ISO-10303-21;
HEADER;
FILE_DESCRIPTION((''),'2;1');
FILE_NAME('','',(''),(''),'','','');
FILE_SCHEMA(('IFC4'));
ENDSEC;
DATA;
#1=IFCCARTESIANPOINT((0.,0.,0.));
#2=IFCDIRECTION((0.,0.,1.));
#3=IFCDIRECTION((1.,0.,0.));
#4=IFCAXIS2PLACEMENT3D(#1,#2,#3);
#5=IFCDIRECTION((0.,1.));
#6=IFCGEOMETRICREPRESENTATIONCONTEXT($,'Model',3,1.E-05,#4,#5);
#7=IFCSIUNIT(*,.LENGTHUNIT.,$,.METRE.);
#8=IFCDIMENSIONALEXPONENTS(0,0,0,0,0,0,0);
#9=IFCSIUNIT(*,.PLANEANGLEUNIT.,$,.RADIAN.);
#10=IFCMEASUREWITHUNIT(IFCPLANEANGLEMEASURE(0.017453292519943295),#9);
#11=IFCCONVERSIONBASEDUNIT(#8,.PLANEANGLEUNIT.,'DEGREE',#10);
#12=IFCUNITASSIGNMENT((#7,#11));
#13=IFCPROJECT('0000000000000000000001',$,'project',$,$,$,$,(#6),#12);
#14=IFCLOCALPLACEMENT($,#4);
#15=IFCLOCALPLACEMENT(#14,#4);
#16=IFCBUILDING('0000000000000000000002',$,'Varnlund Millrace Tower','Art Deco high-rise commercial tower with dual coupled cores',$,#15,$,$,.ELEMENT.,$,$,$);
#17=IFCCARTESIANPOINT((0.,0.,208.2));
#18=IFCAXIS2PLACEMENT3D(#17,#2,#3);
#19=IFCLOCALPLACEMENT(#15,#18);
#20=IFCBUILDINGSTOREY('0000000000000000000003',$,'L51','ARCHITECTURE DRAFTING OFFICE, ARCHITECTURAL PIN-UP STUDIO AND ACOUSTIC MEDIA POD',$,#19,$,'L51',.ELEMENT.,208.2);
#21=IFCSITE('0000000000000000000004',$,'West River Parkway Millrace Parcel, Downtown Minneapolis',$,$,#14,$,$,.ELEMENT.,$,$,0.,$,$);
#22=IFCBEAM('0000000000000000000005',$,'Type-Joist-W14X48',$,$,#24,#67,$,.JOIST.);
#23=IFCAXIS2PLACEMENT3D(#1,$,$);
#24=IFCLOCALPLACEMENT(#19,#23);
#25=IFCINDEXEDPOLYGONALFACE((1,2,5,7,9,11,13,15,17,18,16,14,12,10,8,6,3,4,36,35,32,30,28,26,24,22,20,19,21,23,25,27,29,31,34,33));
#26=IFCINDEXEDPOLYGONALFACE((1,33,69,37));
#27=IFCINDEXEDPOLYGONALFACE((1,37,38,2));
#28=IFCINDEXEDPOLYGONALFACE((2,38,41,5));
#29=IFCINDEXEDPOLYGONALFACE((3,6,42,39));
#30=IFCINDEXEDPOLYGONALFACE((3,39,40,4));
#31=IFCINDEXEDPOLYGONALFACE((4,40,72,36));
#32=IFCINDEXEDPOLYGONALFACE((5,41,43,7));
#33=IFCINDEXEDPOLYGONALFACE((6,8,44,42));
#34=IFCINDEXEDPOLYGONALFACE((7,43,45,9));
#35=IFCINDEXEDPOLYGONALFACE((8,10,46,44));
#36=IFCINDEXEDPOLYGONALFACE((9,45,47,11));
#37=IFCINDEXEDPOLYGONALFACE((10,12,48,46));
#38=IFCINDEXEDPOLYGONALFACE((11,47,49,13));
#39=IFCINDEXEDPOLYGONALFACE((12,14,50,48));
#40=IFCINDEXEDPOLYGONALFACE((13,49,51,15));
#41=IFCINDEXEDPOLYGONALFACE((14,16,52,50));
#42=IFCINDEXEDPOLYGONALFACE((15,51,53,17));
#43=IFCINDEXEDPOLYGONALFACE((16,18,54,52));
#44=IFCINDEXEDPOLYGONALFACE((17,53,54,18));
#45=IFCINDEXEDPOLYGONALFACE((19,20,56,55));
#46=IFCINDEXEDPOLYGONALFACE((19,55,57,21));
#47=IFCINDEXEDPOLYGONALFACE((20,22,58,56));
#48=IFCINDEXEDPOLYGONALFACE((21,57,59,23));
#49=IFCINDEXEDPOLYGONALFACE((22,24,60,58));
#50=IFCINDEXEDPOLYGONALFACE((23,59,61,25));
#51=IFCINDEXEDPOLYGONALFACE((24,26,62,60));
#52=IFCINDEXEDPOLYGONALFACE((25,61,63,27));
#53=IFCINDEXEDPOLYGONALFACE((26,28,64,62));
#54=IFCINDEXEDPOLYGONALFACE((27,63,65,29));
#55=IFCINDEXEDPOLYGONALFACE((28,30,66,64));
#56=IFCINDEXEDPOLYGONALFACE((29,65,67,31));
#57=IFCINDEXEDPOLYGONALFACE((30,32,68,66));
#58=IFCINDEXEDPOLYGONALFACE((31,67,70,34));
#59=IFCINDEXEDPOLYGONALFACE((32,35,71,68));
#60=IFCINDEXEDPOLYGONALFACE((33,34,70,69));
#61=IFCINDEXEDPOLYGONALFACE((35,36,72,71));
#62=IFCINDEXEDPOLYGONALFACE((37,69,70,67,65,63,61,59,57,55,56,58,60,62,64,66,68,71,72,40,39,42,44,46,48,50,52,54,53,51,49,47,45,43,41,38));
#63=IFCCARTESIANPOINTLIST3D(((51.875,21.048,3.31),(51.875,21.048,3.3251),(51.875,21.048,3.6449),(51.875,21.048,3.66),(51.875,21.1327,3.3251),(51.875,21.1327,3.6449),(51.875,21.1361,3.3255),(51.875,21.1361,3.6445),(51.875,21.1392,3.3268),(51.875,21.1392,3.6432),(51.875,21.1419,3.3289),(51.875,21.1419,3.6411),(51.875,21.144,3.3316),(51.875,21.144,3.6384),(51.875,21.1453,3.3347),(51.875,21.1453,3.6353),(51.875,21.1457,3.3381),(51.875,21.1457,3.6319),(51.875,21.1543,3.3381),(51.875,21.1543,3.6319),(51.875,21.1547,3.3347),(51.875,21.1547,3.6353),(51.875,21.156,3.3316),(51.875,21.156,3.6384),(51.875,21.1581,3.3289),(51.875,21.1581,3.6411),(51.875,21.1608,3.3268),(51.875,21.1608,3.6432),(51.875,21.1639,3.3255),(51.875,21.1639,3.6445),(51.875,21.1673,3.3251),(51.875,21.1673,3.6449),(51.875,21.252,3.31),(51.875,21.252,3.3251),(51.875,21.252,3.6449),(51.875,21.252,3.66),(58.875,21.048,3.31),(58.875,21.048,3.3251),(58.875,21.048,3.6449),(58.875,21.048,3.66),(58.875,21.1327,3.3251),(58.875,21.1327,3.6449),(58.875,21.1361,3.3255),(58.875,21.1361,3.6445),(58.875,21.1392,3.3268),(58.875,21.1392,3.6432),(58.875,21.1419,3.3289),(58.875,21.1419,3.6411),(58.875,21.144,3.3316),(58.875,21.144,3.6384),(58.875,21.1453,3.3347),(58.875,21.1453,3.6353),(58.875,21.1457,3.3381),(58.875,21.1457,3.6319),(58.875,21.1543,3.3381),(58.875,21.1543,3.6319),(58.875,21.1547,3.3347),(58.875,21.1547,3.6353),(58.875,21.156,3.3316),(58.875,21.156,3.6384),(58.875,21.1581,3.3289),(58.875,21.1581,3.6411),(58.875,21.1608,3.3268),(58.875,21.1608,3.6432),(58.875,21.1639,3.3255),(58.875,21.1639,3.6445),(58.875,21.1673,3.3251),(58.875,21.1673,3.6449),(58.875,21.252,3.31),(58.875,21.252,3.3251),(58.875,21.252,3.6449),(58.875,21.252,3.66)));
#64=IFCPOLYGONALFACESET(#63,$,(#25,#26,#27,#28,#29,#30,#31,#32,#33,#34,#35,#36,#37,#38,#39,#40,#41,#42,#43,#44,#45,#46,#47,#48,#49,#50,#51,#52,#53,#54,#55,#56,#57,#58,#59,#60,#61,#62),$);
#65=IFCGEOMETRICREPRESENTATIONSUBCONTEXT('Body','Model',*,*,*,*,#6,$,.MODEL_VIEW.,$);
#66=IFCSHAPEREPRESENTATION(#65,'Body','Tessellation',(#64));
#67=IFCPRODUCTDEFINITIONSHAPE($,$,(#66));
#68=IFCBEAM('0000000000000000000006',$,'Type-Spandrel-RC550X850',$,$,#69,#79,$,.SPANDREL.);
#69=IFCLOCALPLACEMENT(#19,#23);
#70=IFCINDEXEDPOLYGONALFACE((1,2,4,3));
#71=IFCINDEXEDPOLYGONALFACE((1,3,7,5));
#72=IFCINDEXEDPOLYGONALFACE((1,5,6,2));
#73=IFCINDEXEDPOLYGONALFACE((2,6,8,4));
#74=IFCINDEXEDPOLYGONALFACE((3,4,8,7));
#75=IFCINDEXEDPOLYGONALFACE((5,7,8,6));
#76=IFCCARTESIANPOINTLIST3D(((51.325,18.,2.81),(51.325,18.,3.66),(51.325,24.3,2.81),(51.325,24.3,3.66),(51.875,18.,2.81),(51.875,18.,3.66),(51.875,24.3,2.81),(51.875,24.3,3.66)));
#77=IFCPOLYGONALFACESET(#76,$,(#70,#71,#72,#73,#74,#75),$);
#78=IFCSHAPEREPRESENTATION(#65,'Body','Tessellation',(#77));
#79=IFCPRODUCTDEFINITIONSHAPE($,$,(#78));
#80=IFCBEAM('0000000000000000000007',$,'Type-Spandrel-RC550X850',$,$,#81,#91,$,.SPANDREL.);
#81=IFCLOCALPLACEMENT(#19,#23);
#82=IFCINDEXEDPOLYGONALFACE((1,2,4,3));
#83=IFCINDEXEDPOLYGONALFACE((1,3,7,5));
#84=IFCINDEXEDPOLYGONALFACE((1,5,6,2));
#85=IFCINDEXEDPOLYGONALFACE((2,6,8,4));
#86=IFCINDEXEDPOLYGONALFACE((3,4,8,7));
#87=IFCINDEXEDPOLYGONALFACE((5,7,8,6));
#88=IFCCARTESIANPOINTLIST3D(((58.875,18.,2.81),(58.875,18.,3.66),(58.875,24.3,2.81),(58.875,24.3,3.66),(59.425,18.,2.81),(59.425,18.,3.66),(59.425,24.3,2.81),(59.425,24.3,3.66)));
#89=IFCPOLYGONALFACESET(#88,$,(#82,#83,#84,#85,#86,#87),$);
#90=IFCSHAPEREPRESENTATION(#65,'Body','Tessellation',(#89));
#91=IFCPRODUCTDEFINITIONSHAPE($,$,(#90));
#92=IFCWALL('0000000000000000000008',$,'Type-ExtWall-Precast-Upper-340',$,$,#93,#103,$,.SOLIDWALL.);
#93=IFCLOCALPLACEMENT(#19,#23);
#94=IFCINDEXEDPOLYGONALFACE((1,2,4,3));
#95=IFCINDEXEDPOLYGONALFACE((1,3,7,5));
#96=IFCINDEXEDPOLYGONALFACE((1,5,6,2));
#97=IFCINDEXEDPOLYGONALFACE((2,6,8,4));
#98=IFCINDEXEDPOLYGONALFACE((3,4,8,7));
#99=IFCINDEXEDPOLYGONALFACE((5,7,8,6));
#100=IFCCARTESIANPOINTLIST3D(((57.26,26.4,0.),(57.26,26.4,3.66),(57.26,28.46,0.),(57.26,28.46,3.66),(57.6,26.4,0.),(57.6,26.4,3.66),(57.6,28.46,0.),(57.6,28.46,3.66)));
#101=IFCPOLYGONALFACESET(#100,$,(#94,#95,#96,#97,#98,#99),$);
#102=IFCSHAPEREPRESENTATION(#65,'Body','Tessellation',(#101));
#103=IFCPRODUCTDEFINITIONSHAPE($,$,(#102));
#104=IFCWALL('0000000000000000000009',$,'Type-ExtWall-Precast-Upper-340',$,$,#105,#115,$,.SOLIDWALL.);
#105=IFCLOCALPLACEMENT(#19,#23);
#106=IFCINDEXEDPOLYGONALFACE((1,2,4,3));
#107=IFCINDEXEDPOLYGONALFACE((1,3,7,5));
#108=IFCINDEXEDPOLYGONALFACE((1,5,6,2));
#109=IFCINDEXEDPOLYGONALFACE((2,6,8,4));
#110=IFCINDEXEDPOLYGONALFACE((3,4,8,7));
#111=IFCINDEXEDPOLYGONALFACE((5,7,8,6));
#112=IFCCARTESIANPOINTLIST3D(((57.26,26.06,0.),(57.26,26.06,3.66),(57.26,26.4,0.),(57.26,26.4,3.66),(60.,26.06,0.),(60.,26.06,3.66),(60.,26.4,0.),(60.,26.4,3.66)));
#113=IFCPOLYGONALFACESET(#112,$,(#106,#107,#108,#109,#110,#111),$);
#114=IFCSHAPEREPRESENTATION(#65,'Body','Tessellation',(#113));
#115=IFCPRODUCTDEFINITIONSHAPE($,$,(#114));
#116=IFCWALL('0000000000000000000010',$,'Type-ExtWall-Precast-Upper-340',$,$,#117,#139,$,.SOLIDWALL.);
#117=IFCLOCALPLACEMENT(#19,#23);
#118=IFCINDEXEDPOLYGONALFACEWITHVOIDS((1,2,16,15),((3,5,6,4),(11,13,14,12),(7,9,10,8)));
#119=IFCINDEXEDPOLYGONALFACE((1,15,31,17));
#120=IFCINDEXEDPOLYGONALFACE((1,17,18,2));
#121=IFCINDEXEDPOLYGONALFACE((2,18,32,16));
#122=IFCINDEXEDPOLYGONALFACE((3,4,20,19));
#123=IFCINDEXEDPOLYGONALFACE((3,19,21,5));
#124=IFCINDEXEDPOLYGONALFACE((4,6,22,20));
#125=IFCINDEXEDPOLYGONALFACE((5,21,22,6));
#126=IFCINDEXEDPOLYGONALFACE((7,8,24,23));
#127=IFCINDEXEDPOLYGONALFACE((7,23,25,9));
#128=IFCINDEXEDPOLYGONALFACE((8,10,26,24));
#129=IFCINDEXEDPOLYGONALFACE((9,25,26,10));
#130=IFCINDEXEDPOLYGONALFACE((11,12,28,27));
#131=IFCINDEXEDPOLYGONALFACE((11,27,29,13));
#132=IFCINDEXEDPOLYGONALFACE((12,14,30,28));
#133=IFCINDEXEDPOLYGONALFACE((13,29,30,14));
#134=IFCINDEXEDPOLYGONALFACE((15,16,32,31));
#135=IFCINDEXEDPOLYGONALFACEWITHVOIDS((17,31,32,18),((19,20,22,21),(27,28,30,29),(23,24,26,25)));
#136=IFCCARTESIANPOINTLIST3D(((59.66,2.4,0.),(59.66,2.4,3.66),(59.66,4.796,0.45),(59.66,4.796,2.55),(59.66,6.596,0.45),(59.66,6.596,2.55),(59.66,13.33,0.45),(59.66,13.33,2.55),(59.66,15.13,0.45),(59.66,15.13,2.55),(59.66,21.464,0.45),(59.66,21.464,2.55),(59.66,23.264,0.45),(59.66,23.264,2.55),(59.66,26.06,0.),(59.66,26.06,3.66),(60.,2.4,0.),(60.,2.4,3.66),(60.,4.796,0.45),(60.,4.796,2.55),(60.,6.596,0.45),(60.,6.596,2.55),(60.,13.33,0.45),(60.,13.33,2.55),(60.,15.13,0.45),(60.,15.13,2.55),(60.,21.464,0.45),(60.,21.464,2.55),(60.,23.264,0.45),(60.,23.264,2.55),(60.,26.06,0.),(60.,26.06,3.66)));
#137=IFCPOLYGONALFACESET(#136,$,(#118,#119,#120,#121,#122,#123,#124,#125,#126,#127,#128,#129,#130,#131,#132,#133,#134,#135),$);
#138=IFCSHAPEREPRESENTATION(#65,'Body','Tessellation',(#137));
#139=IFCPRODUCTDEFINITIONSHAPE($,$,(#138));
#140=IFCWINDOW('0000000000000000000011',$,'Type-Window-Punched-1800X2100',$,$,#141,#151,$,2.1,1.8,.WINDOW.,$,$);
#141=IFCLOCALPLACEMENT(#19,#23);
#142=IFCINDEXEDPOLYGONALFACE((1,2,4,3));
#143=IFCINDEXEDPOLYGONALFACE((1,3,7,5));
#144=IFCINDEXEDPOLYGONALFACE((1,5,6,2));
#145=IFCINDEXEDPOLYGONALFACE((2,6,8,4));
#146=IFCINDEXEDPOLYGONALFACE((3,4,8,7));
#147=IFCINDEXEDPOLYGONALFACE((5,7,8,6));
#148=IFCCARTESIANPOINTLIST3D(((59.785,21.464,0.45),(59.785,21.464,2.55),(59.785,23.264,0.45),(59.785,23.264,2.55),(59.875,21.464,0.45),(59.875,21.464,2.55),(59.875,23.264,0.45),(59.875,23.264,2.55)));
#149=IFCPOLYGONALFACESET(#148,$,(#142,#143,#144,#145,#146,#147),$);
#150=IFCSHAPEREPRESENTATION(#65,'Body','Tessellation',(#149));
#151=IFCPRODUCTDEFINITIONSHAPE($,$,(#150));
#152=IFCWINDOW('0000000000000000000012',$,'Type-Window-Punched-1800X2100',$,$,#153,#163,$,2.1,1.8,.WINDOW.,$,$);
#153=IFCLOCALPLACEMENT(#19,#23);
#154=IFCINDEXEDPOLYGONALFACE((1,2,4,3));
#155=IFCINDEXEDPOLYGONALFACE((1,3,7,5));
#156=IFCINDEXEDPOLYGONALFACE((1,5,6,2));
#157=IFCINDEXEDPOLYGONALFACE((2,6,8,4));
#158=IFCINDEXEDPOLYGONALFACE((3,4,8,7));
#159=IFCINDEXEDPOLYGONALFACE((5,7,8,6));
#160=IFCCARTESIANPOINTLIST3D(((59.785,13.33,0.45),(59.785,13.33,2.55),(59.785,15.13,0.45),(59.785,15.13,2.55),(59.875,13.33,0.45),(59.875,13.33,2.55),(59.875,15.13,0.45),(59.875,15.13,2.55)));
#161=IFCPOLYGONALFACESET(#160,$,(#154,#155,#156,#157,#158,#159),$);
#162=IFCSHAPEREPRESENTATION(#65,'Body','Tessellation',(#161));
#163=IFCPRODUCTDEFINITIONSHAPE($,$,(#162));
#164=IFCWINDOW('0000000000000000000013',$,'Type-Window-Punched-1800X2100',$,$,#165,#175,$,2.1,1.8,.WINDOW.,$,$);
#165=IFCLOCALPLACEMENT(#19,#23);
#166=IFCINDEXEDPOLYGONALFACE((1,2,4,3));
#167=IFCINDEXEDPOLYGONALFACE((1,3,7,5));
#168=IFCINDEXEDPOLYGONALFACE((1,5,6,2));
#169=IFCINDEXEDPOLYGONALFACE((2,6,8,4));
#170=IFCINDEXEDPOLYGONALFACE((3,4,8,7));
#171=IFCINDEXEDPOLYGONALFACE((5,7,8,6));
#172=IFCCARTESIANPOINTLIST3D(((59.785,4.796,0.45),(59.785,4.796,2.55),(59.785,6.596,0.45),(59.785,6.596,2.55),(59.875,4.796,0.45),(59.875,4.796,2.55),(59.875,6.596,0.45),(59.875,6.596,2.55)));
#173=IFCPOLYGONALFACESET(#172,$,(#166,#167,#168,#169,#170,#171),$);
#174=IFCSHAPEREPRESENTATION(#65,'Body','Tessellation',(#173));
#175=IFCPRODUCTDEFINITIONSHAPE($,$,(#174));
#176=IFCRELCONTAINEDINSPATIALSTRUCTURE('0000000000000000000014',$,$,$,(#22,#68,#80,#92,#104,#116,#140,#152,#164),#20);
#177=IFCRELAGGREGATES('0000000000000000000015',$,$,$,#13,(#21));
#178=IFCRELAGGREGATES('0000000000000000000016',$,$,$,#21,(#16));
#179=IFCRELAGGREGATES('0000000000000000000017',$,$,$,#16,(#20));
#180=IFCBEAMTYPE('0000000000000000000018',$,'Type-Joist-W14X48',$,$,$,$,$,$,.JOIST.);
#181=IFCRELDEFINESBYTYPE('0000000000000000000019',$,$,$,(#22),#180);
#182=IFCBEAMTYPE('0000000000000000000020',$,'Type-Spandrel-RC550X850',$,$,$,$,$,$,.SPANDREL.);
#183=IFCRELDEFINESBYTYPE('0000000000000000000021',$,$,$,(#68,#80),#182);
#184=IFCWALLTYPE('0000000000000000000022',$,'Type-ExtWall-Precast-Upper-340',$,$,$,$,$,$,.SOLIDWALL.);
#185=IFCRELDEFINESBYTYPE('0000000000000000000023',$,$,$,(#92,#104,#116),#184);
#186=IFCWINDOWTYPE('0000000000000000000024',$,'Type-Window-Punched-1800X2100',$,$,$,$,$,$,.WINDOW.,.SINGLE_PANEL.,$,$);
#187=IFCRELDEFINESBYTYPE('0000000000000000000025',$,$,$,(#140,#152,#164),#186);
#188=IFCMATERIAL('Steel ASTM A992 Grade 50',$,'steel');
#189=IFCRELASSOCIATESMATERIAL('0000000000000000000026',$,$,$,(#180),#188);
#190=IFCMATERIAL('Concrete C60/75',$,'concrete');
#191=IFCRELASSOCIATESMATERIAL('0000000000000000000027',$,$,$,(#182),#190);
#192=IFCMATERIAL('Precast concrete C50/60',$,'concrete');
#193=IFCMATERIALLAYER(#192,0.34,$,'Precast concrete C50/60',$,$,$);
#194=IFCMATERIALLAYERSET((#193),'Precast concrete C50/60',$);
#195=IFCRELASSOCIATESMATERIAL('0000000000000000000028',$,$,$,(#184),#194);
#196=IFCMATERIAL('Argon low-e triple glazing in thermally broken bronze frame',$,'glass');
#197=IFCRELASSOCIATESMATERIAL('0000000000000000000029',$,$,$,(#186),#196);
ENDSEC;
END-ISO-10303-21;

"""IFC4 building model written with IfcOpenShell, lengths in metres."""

from ifc_helpers import new_model, entity, si_unit, converted_unit, direction, frame, origin_with_axes, origin_2d_with_axis, place, context, subcontext, project, spatial, polyline, rectangle, i_section, outline, extrude, material, layer, layer_set, material_profile, profile_set, type_object, element, fill, save


model = new_model("IFC4")

# Units and contexts
model_context = context("Model", 3, precision=1e-05, world=origin_with_axes(), true_north=direction((0.0, 1.0)))
body_context = subcontext(model_context, "Body", "Model", "MODEL_VIEW")
ifc_project = project(units=[si_unit("LENGTHUNIT", "METRE"), converted_unit("PLANEANGLEUNIT", "DEGREE", entity("IfcPlaneAngleMeasure", 0.017453292519943295), si_unit("PLANEANGLEUNIT", "RADIAN"), dimensions=[0, 0, 0, 0, 0, 0, 0])], contexts=[model_context])

# Site, building, storey
site_placement = place(None, origin_with_axes())
site = spatial("IfcSite", under=ifc_project, at=site_placement, Name="West River Parkway Millrace Parcel, Downtown Minneapolis", CompositionType="ELEMENT", RefElevation=0.0)
building_placement = place(site_placement, origin_with_axes())
building = spatial("IfcBuilding", under=site, at=building_placement, Name="Varnlund Millrace Tower", Description="Art Deco high-rise commercial tower with dual coupled cores", CompositionType="ELEMENT")
storey_placement = place(building_placement, frame((0.0, 0.0, 208.2), z_axis=(0.0, 0.0, 1.0), x_axis=(1.0, 0.0, 0.0)))
storey = spatial("IfcBuildingStorey", under=building, at=storey_placement, Name="L51", Description="ARCHITECTURE DRAFTING OFFICE, ARCHITECTURAL PIN-UP STUDIO AND ACOUSTIC MEDIA POD", LongName="L51", CompositionType="ELEMENT", Elevation=208.2)

# Beams
ifc_material_1 = material(Name="Steel ASTM A992 Grade 50", Category="steel")
ifc_material_profile_1 = material_profile(ifc_material_1, i_section(OverallWidth=0.204, OverallDepth=0.35, WebThickness=0.0086, FlangeThickness=0.0151, FilletRadius=0.013, at=origin_2d_with_axis()), Name="Steel ASTM A992 Grade 50")
ifc_profile_set_1 = profile_set([ifc_material_profile_1], Name="Steel ASTM A992 Grade 50")
beam_type_1 = type_object("IfcBeamType", Name="Type-Joist-W14X48", PredefinedType="JOIST", material=ifc_profile_set_1)
for number, where, z_axis, x_axis, name in (
    (1, (51.875, 21.15, 3.485), (1.0, 0.0, 0.0), (0.0, 1.0, 0.0), "Type-Joist-W14X48"),
):
    element("IfcBeam", number, at=place(storey_placement, frame(where, z_axis=z_axis, x_axis=x_axis)), inside=storey, type_object=beam_type_1, Name=name, PredefinedType="JOIST", context=body_context, shape_type="SweptSolid", body=[
        extrude(i_section(OverallWidth=0.204, OverallDepth=0.35, WebThickness=0.0086, FlangeThickness=0.0151, FilletRadius=0.013, at=origin_2d_with_axis()), origin_with_axes(), (0.0, 0.0, 1.0), 7.0),
    ])
ifc_material_2 = material(Name="Concrete C60/75", Category="concrete")
ifc_material_profile_2 = material_profile(ifc_material_2, rectangle(XDim=0.55, YDim=0.85, at=origin_2d_with_axis()), Name="Concrete C60/75")
ifc_profile_set_2 = profile_set([ifc_material_profile_2], Name="Concrete C60/75")
beam_type_2 = type_object("IfcBeamType", Name="Type-Spandrel-RC550X850", PredefinedType="SPANDREL", material=ifc_profile_set_2)
for number, where, z_axis, x_axis, name in (
    (2, (51.6, 18.0, 3.235), (0.0, 1.0, 0.0), (-1.0, 0.0, 0.0), "Type-Spandrel-RC550X850"),
    (3, (59.15, 18.0, 3.235), (0.0, 1.0, 0.0), (-1.0, 0.0, 0.0), "Type-Spandrel-RC550X850"),
):
    element("IfcBeam", number, at=place(storey_placement, frame(where, z_axis=z_axis, x_axis=x_axis)), inside=storey, type_object=beam_type_2, Name=name, PredefinedType="SPANDREL", context=body_context, shape_type="SweptSolid", body=[
        extrude(rectangle(XDim=0.55, YDim=0.85, at=origin_2d_with_axis()), origin_with_axes(), (0.0, 0.0, 1.0), 6.3),
    ])

# Walls
ifc_material_3 = material(Name="Precast concrete C50/60", Category="concrete")
ifc_layer_1 = layer(ifc_material_3, 0.34, Name="Precast concrete C50/60")
ifc_layer_set_1 = layer_set([ifc_layer_1], Name="Precast concrete C50/60")
wall_type_1 = type_object("IfcWallType", Name="Type-ExtWall-Precast-Upper-340", PredefinedType="SOLIDWALL", material=ifc_layer_set_1)
wall_1_placement = place(storey_placement, frame((57.43, 28.46, 0.0), z_axis=(0.0, 0.0, 1.0), x_axis=(0.0, -1.0, 0.0)))
element("IfcWall", 4, at=wall_1_placement, inside=storey, type_object=wall_type_1, Name="Type-ExtWall-Precast-Upper-340", PredefinedType="SOLIDWALL", context=body_context, shape_type="SweptSolid", body=[
    extrude(outline(polyline([(0.0, -0.17), (2.06, -0.17), (2.06, 0.17), (0.0, 0.17), (0.0, -0.17)])), origin_with_axes(), (0.0, 0.0, 1.0), 3.66),
])
wall_2_placement = place(storey_placement, frame((57.26, 26.23, 0.0), z_axis=(0.0, 0.0, 1.0), x_axis=(1.0, 0.0, 0.0)))
element("IfcWall", 5, at=wall_2_placement, inside=storey, type_object=wall_type_1, Name="Type-ExtWall-Precast-Upper-340", PredefinedType="SOLIDWALL", context=body_context, shape_type="SweptSolid", body=[
    extrude(outline(polyline([(0.0, -0.17), (2.74, -0.17), (2.74, 0.17), (0.0, 0.17), (0.0, -0.17)])), origin_with_axes(), (0.0, 0.0, 1.0), 3.66),
])

# Wall, openings, windows
wall_3_placement = place(storey_placement, frame((59.83, 26.06, 0.0), z_axis=(0.0, 0.0, 1.0), x_axis=(0.0, -1.0, 0.0)))
wall_3 = element("IfcWall", 6, at=wall_3_placement, inside=storey, type_object=wall_type_1, Name="Type-ExtWall-Precast-Upper-340", PredefinedType="SOLIDWALL", context=body_context, shape_type="SweptSolid", body=[
    extrude(outline(polyline([(0.0, -0.17), (23.66, -0.17), (23.66, 0.17), (0.0, 0.17), (0.0, -0.17)])), origin_with_axes(), (0.0, 0.0, 1.0), 3.66),
])
opening_1_placement = place(wall_3_placement, frame((3.696, 0.0, 0.45), z_axis=(0.0, 0.0, 1.0), x_axis=(1.0, 0.0, 0.0)))
opening_1 = element("IfcOpeningElement", 7, at=opening_1_placement, cuts=wall_3, PredefinedType="OPENING", context=body_context, shape_type="SweptSolid", body=[
    extrude(rectangle(XDim=1.8, YDim=0.36, at=origin_2d_with_axis()), origin_with_axes(), (0.0, 0.0, 1.0), 2.1),
])
opening_2_placement = place(wall_3_placement, frame((11.83, 0.0, 0.45), z_axis=(0.0, 0.0, 1.0), x_axis=(1.0, 0.0, 0.0)))
opening_2 = element("IfcOpeningElement", 8, at=opening_2_placement, cuts=wall_3, PredefinedType="OPENING", context=body_context, shape_type="SweptSolid", body=[
    extrude(rectangle(XDim=1.8, YDim=0.36, at=origin_2d_with_axis()), origin_with_axes(), (0.0, 0.0, 1.0), 2.1),
])
opening_3_placement = place(wall_3_placement, frame((20.364, 0.0, 0.45), z_axis=(0.0, 0.0, 1.0), x_axis=(1.0, 0.0, 0.0)))
opening_3 = element("IfcOpeningElement", 9, at=opening_3_placement, cuts=wall_3, PredefinedType="OPENING", context=body_context, shape_type="SweptSolid", body=[
    extrude(rectangle(XDim=1.8, YDim=0.36, at=origin_2d_with_axis()), origin_with_axes(), (0.0, 0.0, 1.0), 2.1),
])
ifc_material_4 = material(Name="Argon low-e triple glazing in thermally broken bronze frame", Category="glass")
window_type = type_object("IfcWindowType", Name="Type-Window-Punched-1800X2100", PartitioningType="SINGLE_PANEL", PredefinedType="WINDOW", material=ifc_material_4)
window_1_placement = place(wall_3_placement, frame((3.696, 0.0, 0.45), z_axis=(0.0, 0.0, 1.0), x_axis=(1.0, 0.0, 0.0)))
window_1 = element("IfcWindow", 10, at=window_1_placement, inside=storey, type_object=window_type, Name="Type-Window-Punched-1800X2100", OverallHeight=2.1, OverallWidth=1.8, PredefinedType="WINDOW", context=body_context, shape_type="SweptSolid", body=[
    extrude(rectangle(XDim=1.8, YDim=0.09, at=origin_2d_with_axis()), origin_with_axes(), (0.0, 0.0, 1.0), 2.1),
])
fill(opening_1, window_1)
window_2_placement = place(wall_3_placement, frame((11.83, 0.0, 0.45), z_axis=(0.0, 0.0, 1.0), x_axis=(1.0, 0.0, 0.0)))
window_2 = element("IfcWindow", 11, at=window_2_placement, inside=storey, type_object=window_type, Name="Type-Window-Punched-1800X2100", OverallHeight=2.1, OverallWidth=1.8, PredefinedType="WINDOW", context=body_context, shape_type="SweptSolid", body=[
    extrude(rectangle(XDim=1.8, YDim=0.09, at=origin_2d_with_axis()), origin_with_axes(), (0.0, 0.0, 1.0), 2.1),
])
fill(opening_2, window_2)
window_3_placement = place(wall_3_placement, frame((20.364, 0.0, 0.45), z_axis=(0.0, 0.0, 1.0), x_axis=(1.0, 0.0, 0.0)))
window_3 = element("IfcWindow", 12, at=window_3_placement, inside=storey, type_object=window_type, Name="Type-Window-Punched-1800X2100", OverallHeight=2.1, OverallWidth=1.8, PredefinedType="WINDOW", context=body_context, shape_type="SweptSolid", body=[
    extrude(rectangle(XDim=1.8, YDim=0.09, at=origin_2d_with_axis()), origin_with_axes(), (0.0, 0.0, 1.0), 2.1),
])
fill(opening_3, window_3)

save(model, "model.ifc")
